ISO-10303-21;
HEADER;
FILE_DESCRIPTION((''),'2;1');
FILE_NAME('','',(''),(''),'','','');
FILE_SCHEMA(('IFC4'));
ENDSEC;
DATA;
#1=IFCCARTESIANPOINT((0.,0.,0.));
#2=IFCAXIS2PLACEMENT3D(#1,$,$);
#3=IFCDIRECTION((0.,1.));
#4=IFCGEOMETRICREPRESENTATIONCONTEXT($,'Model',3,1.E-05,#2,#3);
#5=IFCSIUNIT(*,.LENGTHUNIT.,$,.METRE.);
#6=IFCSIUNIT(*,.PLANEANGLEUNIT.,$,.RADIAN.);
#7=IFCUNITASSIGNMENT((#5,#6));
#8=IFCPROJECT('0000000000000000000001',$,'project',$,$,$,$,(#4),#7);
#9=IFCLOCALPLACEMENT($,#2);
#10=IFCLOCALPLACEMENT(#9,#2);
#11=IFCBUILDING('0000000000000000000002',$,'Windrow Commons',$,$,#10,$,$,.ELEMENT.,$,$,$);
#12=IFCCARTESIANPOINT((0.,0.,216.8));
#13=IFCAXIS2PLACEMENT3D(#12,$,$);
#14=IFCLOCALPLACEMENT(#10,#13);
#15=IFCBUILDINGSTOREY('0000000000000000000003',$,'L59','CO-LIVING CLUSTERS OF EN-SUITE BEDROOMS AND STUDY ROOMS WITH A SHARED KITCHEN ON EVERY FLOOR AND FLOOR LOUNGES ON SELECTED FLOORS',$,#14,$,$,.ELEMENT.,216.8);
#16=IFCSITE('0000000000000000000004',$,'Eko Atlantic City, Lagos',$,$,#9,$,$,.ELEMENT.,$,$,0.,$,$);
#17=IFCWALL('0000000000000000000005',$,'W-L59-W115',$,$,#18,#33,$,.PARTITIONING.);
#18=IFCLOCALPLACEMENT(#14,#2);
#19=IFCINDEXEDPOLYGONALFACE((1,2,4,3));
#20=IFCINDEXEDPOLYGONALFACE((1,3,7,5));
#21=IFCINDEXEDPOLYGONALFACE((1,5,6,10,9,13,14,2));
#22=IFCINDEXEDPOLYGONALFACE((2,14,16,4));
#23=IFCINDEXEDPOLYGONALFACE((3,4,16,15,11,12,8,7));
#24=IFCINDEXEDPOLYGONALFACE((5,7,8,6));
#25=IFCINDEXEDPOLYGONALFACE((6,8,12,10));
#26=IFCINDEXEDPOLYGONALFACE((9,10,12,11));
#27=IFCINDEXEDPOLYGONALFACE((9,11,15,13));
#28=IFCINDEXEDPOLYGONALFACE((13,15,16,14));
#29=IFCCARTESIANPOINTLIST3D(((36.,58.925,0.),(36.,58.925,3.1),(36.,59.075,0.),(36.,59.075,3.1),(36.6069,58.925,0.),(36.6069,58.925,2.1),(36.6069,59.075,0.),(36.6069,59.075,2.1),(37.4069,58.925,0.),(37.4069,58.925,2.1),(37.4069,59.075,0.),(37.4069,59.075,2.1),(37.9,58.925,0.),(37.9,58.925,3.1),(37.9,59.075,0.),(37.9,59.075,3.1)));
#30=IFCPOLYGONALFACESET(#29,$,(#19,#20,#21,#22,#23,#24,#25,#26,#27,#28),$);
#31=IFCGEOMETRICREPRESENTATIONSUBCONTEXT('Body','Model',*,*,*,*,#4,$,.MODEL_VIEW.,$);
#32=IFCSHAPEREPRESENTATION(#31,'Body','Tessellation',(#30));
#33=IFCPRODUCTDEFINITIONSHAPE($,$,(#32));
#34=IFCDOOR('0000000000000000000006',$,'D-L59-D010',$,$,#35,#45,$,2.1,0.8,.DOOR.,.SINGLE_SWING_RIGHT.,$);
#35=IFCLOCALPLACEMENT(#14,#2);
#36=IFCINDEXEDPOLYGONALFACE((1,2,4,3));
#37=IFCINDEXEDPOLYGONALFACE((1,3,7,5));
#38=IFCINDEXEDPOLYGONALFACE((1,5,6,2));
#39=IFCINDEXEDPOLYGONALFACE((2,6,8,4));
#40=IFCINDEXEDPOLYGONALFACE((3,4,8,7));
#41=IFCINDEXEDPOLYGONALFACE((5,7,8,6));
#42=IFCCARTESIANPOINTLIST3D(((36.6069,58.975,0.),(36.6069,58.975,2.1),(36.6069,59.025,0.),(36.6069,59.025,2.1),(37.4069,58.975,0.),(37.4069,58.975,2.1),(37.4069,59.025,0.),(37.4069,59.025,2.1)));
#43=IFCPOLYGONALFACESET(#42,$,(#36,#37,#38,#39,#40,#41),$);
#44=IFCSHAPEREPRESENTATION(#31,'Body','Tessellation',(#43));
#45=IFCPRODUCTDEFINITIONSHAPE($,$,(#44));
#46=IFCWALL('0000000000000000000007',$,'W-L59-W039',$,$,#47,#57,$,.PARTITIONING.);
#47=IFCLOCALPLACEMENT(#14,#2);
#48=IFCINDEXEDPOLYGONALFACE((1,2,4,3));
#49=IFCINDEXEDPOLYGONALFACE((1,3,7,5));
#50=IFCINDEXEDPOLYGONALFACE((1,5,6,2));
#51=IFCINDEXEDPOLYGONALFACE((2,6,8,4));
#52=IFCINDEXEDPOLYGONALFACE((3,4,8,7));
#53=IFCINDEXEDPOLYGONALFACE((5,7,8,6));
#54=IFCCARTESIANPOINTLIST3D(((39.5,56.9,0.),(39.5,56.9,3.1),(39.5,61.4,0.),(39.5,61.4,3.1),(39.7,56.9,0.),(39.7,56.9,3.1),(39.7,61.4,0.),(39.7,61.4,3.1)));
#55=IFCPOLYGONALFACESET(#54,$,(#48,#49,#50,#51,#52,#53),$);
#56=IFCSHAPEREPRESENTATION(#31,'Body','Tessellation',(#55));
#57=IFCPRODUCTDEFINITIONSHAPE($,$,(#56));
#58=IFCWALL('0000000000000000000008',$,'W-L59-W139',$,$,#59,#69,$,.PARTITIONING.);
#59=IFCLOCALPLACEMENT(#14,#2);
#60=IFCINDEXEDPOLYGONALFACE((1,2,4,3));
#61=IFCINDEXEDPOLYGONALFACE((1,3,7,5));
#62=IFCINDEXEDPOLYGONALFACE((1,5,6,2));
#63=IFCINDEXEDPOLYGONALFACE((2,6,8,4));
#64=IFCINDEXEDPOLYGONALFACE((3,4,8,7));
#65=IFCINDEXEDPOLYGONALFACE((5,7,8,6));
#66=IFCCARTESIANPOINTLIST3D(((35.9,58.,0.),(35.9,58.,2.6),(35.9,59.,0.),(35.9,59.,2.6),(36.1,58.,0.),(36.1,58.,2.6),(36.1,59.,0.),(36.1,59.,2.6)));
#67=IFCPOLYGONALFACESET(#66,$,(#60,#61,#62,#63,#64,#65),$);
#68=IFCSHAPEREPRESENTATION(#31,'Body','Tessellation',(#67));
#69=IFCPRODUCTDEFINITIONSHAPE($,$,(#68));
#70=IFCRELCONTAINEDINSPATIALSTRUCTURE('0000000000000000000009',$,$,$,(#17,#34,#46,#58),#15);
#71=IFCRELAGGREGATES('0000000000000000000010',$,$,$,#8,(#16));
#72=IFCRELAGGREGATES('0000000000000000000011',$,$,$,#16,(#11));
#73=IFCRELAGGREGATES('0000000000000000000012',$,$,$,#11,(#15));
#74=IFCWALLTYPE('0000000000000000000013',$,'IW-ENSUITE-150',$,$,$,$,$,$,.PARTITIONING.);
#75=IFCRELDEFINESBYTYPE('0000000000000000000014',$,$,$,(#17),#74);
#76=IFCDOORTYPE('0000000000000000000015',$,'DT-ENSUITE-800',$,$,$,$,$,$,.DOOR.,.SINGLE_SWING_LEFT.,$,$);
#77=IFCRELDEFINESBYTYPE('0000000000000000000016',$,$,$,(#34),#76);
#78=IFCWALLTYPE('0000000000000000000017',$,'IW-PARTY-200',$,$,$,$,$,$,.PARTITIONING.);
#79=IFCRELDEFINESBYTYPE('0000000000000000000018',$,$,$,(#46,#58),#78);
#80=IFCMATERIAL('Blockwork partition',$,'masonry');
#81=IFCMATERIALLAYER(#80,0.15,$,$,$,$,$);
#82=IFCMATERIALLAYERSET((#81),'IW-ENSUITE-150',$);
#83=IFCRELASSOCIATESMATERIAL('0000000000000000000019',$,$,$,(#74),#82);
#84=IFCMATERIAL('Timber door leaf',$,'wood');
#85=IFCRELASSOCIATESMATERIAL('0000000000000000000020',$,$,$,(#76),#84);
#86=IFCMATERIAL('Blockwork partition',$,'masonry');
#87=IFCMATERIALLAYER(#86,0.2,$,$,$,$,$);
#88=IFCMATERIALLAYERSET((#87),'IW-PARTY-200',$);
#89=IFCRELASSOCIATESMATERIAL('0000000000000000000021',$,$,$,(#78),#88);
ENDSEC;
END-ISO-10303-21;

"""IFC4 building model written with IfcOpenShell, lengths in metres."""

from ifc_helpers import new_model, si_unit, direction, frame, frame_2d, origin, place, context, subcontext, project, spatial, rectangle, extrude, material, layer, layer_set, type_object, element, fill, save


model = new_model("IFC4")

# Units and contexts
model_context = context("Model", 3, precision=1e-05, world=origin(), true_north=direction((0.0, 1.0)))
body_context = subcontext(model_context, "Body", "Model", "MODEL_VIEW")
ifc_project = project(units=[si_unit("LENGTHUNIT", "METRE"), si_unit("PLANEANGLEUNIT", "RADIAN")], contexts=[model_context])

# Site, building, storey
site_placement = place(None, origin())
site = spatial("IfcSite", under=ifc_project, at=site_placement, Name="Eko Atlantic City, Lagos", CompositionType="ELEMENT", RefElevation=0.0)
building_placement = place(site_placement, origin())
building = spatial("IfcBuilding", under=site, at=building_placement, Name="Windrow Commons", CompositionType="ELEMENT")
storey_placement = place(building_placement, frame((0.0, 0.0, 216.8)))
storey = spatial("IfcBuildingStorey", under=building, at=storey_placement, Name="L59", Description="CO-LIVING CLUSTERS OF EN-SUITE BEDROOMS AND STUDY ROOMS WITH A SHARED KITCHEN ON EVERY FLOOR AND FLOOR LOUNGES ON SELECTED FLOORS", CompositionType="ELEMENT", Elevation=216.8)

# Shared definitions
ifc_material_1 = material(Name="Blockwork partition", Category="masonry")
ifc_layer_1 = layer(ifc_material_1, 0.15)
ifc_layer_set_1 = layer_set([ifc_layer_1], Name="IW-ENSUITE-150")
wall_type_1 = type_object("IfcWallType", Name="IW-ENSUITE-150", PredefinedType="PARTITIONING", material=ifc_layer_set_1)

# Wall, opening, door
wall_1_placement = place(storey_placement, frame((36.0, 59.0, 0.0), z_axis=(0.0, 0.0, 1.0), x_axis=(1.0, 0.0, 0.0)))
wall_1 = element("IfcWall", 1, at=wall_1_placement, inside=storey, type_object=wall_type_1, Name="W-L59-W115", PredefinedType="PARTITIONING", context=body_context, shape_type="SweptSolid", body=[
    extrude(rectangle(XDim=1.9, YDim=0.15, at=frame_2d((0.95, 0.0))), origin(), (0.0, 0.0, 1.0), 3.1),
])
opening_1_placement = place(wall_1_placement, frame((0.6069, 0.0, 0.0)))
opening_1 = element("IfcOpeningElement", 2, at=opening_1_placement, cuts=wall_1, PredefinedType="OPENING", context=body_context, shape_type="SweptSolid", body=[
    extrude(rectangle(XDim=0.8, YDim=2.1, at=frame_2d((0.4, 1.05))), frame((0.0, 0.085, 0.0), z_axis=(0.0, -1.0, 0.0), x_axis=(1.0, 0.0, 0.0)), (0.0, 0.0, 1.0), 0.17),
])
ifc_material_2 = material(Name="Timber door leaf", Category="wood")
door_type_1 = type_object("IfcDoorType", Name="DT-ENSUITE-800", OperationType="SINGLE_SWING_LEFT", PredefinedType="DOOR", material=ifc_material_2)
door_1_placement = place(opening_1_placement, origin())
door_1 = element("IfcDoor", 3, at=door_1_placement, inside=storey, type_object=door_type_1, Name="D-L59-D010", OperationType="SINGLE_SWING_RIGHT", OverallHeight=2.1, OverallWidth=0.8, PredefinedType="DOOR", context=body_context, shape_type="SweptSolid", body=[
    extrude(rectangle(XDim=0.8, YDim=2.1, at=frame_2d((0.4, 1.05))), frame((0.0, 0.025, 0.0), z_axis=(0.0, -1.0, 0.0), x_axis=(1.0, 0.0, 0.0)), (0.0, 0.0, 1.0), 0.05),
])
fill(opening_1, door_1)

# Walls
ifc_material_3 = material(Name="Blockwork partition", Category="masonry")
ifc_layer_2 = layer(ifc_material_3, 0.2)
ifc_layer_set_2 = layer_set([ifc_layer_2], Name="IW-PARTY-200")
wall_type_2 = type_object("IfcWallType", Name="IW-PARTY-200", PredefinedType="PARTITIONING", material=ifc_layer_set_2)
wall_2_placement = place(storey_placement, frame((39.6, 56.9, 0.0), z_axis=(0.0, 0.0, 1.0), x_axis=(0.0, 1.0, 0.0)))
element("IfcWall", 4, at=wall_2_placement, inside=storey, type_object=wall_type_2, Name="W-L59-W039", PredefinedType="PARTITIONING", context=body_context, shape_type="SweptSolid", body=[
    extrude(rectangle(XDim=4.5, YDim=0.2, at=frame_2d((2.25, 0.0))), origin(), (0.0, 0.0, 1.0), 3.1),
])
wall_3_placement = place(storey_placement, frame((36.0, 58.0, 0.0), z_axis=(0.0, 0.0, 1.0), x_axis=(0.0, 1.0, 0.0)))
element("IfcWall", 5, at=wall_3_placement, inside=storey, type_object=wall_type_2, Name="W-L59-W139", PredefinedType="PARTITIONING", context=body_context, shape_type="SweptSolid", body=[
    extrude(rectangle(XDim=1.0, YDim=0.2, at=frame_2d((0.5, 0.0))), origin(), (0.0, 0.0, 1.0), 2.6),
])

save(model, "model.ifc")
